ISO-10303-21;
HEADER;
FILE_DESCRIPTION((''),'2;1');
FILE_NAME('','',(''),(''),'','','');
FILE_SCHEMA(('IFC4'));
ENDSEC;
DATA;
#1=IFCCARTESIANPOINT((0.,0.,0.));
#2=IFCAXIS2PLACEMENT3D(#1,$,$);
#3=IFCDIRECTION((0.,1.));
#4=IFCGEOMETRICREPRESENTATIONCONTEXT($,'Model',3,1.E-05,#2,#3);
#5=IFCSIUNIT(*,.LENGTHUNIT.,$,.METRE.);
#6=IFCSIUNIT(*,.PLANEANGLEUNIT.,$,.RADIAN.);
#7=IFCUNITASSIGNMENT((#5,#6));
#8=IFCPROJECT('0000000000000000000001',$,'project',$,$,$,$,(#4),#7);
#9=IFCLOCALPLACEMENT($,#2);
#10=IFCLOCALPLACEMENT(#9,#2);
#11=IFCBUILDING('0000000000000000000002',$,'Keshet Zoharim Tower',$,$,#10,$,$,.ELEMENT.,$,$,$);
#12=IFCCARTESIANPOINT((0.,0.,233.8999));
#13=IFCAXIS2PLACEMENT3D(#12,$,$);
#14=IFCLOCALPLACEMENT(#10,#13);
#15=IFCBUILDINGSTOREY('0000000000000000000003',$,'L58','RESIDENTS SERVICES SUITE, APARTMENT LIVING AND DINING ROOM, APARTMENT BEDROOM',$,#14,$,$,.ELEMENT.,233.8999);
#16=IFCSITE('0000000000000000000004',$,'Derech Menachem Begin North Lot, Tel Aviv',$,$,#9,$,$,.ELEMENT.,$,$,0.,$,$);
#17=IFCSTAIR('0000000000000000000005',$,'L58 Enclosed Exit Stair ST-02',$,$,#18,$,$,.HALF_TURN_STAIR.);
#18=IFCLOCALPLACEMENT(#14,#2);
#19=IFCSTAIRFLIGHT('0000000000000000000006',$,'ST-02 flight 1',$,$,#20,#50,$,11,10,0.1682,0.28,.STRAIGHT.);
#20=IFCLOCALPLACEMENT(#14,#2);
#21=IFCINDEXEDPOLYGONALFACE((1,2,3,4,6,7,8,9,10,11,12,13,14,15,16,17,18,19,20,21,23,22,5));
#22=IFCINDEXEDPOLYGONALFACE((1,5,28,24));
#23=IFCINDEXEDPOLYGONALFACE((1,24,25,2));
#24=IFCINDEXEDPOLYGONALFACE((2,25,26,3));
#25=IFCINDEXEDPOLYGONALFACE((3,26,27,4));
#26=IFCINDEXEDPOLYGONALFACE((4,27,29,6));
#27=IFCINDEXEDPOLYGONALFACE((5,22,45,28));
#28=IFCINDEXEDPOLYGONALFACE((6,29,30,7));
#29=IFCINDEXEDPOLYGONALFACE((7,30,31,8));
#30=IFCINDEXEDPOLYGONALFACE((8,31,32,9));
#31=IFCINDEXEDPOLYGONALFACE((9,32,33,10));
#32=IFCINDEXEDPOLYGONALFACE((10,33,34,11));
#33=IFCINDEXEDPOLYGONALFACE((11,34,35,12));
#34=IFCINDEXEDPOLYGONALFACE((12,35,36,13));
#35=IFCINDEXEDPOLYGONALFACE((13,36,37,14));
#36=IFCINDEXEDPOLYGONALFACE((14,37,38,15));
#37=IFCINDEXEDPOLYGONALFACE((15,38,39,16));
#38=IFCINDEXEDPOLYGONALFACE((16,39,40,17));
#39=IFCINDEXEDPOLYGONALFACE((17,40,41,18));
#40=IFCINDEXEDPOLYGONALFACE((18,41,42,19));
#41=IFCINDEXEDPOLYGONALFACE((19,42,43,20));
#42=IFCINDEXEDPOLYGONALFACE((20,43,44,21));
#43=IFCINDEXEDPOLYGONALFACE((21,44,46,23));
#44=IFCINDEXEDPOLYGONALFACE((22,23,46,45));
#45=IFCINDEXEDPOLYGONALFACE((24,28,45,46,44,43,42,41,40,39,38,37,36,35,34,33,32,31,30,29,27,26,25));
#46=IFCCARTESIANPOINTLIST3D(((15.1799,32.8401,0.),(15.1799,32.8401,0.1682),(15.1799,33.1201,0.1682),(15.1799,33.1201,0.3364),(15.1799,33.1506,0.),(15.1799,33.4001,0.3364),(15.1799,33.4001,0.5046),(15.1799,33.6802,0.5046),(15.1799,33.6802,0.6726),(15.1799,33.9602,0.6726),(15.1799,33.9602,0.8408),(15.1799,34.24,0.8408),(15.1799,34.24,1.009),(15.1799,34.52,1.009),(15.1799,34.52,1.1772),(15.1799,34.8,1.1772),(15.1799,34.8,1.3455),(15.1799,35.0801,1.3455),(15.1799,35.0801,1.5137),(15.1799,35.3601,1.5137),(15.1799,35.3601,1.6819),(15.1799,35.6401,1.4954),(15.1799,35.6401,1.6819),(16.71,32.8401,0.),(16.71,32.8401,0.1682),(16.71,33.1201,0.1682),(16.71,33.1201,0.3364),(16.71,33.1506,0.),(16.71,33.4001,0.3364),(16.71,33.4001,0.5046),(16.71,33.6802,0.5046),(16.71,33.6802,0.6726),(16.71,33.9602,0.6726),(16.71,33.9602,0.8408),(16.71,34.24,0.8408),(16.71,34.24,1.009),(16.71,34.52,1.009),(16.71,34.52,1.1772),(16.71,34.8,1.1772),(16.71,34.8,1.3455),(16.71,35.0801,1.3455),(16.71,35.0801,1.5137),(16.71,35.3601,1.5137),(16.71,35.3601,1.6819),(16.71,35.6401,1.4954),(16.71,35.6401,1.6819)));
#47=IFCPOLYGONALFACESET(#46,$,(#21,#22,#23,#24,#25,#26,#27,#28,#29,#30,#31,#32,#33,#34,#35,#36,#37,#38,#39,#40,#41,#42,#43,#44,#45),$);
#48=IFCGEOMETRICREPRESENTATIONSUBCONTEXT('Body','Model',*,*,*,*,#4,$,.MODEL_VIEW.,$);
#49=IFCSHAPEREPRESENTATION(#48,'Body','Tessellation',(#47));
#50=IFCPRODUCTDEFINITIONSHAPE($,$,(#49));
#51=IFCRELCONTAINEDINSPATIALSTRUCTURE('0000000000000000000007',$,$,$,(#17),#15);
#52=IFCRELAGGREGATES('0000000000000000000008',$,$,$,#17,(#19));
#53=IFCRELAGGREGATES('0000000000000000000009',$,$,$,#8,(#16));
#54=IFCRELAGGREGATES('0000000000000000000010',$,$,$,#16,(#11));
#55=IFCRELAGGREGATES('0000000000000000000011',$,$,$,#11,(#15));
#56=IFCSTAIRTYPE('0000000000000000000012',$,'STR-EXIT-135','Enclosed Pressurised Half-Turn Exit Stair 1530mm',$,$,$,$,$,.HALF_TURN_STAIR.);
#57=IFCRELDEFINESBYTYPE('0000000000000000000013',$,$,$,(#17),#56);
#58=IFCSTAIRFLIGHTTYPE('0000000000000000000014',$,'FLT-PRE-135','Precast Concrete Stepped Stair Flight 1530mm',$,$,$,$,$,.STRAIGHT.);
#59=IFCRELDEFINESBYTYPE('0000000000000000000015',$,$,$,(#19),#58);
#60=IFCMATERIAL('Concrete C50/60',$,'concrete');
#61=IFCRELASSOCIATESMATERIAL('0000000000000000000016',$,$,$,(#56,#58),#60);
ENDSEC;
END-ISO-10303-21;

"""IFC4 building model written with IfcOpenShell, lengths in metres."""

from ifc_helpers import new_model, si_unit, direction, frame, origin, place, context, subcontext, project, spatial, polyline, outline, extrude, material, type_object, element, aggregate, save


model = new_model("IFC4")

# Units and contexts
model_context = context("Model", 3, precision=1e-05, world=origin(), true_north=direction((0.0, 1.0)))
body_context = subcontext(model_context, "Body", "Model", "MODEL_VIEW")
ifc_project = project(units=[si_unit("LENGTHUNIT", "METRE"), si_unit("PLANEANGLEUNIT", "RADIAN")], contexts=[model_context])

# Site, building, storey
site_placement = place(None, origin())
site = spatial("IfcSite", under=ifc_project, at=site_placement, Name="Derech Menachem Begin North Lot, Tel Aviv", CompositionType="ELEMENT", RefElevation=0.0)
building_placement = place(site_placement, origin())
building = spatial("IfcBuilding", under=site, at=building_placement, Name="Keshet Zoharim Tower", CompositionType="ELEMENT")
storey_placement = place(building_placement, frame((0.0, 0.0, 233.8999)))
storey = spatial("IfcBuildingStorey", under=building, at=storey_placement, Name="L58", Description="RESIDENTS SERVICES SUITE, APARTMENT LIVING AND DINING ROOM, APARTMENT BEDROOM", CompositionType="ELEMENT", Elevation=233.8999)

# Shared definitions
ifc_material_1 = material(Name="Concrete C50/60", Category="concrete")

# Stair, stair flight
stair_type = type_object("IfcStairType", Name="STR-EXIT-135", Description="Enclosed Pressurised Half-Turn Exit Stair 1530mm", PredefinedType="HALF_TURN_STAIR", material=ifc_material_1)
stair_placement = place(storey_placement, origin())
stair = element("IfcStair", 1, at=stair_placement, inside=storey, type_object=stair_type, Name="L58 Enclosed Exit Stair ST-02", PredefinedType="HALF_TURN_STAIR")
stair_flight_type = type_object("IfcStairFlightType", Name="FLT-PRE-135", Description="Precast Concrete Stepped Stair Flight 1530mm", PredefinedType="STRAIGHT", material=ifc_material_1)
stair_flight_placement = place(storey_placement, frame((15.9451, 32.8401, 0.0), z_axis=(0.0, 0.0, 1.0), x_axis=(0.0, 1.0, 0.0)))
stair_flight = element("IfcStairFlight", 2, at=stair_flight_placement, type_object=stair_flight_type, Name="ST-02 flight 1", NumberOfRisers=11, NumberOfTreads=10, PredefinedType="STRAIGHT", RiserHeight=0.1682, TreadLength=0.28, context=body_context, shape_type="SweptSolid", body=[
    extrude(outline(polyline([(0.0, 0.0), (0.0, 0.1682), (0.28, 0.1682), (0.28, 0.3364), (0.5601, 0.3364), (0.5601, 0.5046), (0.8401, 0.5046), (0.8401, 0.6726), (1.1201, 0.6726), (1.1201, 0.8408), (1.3999, 0.8408), (1.3999, 1.009), (1.6799, 1.009), (1.6799, 1.1772), (1.96, 1.1772), (1.96, 1.3455), (2.24, 1.3455), (2.24, 1.5137), (2.52, 1.5137), (2.52, 1.6819), (2.8, 1.6819), (2.8, 1.8501), (2.8, 1.4954), (0.3105, 0.0), (0.0, 0.0)])), frame((0.0, 0.7651, 0.0), z_axis=(0.0, -1.0, 0.0), x_axis=(1.0, 0.0, 0.0)), (0.0, 0.0, 1.0), 1.53),
])
aggregate(stair, [stair_flight])

save(model, "model.ifc")
